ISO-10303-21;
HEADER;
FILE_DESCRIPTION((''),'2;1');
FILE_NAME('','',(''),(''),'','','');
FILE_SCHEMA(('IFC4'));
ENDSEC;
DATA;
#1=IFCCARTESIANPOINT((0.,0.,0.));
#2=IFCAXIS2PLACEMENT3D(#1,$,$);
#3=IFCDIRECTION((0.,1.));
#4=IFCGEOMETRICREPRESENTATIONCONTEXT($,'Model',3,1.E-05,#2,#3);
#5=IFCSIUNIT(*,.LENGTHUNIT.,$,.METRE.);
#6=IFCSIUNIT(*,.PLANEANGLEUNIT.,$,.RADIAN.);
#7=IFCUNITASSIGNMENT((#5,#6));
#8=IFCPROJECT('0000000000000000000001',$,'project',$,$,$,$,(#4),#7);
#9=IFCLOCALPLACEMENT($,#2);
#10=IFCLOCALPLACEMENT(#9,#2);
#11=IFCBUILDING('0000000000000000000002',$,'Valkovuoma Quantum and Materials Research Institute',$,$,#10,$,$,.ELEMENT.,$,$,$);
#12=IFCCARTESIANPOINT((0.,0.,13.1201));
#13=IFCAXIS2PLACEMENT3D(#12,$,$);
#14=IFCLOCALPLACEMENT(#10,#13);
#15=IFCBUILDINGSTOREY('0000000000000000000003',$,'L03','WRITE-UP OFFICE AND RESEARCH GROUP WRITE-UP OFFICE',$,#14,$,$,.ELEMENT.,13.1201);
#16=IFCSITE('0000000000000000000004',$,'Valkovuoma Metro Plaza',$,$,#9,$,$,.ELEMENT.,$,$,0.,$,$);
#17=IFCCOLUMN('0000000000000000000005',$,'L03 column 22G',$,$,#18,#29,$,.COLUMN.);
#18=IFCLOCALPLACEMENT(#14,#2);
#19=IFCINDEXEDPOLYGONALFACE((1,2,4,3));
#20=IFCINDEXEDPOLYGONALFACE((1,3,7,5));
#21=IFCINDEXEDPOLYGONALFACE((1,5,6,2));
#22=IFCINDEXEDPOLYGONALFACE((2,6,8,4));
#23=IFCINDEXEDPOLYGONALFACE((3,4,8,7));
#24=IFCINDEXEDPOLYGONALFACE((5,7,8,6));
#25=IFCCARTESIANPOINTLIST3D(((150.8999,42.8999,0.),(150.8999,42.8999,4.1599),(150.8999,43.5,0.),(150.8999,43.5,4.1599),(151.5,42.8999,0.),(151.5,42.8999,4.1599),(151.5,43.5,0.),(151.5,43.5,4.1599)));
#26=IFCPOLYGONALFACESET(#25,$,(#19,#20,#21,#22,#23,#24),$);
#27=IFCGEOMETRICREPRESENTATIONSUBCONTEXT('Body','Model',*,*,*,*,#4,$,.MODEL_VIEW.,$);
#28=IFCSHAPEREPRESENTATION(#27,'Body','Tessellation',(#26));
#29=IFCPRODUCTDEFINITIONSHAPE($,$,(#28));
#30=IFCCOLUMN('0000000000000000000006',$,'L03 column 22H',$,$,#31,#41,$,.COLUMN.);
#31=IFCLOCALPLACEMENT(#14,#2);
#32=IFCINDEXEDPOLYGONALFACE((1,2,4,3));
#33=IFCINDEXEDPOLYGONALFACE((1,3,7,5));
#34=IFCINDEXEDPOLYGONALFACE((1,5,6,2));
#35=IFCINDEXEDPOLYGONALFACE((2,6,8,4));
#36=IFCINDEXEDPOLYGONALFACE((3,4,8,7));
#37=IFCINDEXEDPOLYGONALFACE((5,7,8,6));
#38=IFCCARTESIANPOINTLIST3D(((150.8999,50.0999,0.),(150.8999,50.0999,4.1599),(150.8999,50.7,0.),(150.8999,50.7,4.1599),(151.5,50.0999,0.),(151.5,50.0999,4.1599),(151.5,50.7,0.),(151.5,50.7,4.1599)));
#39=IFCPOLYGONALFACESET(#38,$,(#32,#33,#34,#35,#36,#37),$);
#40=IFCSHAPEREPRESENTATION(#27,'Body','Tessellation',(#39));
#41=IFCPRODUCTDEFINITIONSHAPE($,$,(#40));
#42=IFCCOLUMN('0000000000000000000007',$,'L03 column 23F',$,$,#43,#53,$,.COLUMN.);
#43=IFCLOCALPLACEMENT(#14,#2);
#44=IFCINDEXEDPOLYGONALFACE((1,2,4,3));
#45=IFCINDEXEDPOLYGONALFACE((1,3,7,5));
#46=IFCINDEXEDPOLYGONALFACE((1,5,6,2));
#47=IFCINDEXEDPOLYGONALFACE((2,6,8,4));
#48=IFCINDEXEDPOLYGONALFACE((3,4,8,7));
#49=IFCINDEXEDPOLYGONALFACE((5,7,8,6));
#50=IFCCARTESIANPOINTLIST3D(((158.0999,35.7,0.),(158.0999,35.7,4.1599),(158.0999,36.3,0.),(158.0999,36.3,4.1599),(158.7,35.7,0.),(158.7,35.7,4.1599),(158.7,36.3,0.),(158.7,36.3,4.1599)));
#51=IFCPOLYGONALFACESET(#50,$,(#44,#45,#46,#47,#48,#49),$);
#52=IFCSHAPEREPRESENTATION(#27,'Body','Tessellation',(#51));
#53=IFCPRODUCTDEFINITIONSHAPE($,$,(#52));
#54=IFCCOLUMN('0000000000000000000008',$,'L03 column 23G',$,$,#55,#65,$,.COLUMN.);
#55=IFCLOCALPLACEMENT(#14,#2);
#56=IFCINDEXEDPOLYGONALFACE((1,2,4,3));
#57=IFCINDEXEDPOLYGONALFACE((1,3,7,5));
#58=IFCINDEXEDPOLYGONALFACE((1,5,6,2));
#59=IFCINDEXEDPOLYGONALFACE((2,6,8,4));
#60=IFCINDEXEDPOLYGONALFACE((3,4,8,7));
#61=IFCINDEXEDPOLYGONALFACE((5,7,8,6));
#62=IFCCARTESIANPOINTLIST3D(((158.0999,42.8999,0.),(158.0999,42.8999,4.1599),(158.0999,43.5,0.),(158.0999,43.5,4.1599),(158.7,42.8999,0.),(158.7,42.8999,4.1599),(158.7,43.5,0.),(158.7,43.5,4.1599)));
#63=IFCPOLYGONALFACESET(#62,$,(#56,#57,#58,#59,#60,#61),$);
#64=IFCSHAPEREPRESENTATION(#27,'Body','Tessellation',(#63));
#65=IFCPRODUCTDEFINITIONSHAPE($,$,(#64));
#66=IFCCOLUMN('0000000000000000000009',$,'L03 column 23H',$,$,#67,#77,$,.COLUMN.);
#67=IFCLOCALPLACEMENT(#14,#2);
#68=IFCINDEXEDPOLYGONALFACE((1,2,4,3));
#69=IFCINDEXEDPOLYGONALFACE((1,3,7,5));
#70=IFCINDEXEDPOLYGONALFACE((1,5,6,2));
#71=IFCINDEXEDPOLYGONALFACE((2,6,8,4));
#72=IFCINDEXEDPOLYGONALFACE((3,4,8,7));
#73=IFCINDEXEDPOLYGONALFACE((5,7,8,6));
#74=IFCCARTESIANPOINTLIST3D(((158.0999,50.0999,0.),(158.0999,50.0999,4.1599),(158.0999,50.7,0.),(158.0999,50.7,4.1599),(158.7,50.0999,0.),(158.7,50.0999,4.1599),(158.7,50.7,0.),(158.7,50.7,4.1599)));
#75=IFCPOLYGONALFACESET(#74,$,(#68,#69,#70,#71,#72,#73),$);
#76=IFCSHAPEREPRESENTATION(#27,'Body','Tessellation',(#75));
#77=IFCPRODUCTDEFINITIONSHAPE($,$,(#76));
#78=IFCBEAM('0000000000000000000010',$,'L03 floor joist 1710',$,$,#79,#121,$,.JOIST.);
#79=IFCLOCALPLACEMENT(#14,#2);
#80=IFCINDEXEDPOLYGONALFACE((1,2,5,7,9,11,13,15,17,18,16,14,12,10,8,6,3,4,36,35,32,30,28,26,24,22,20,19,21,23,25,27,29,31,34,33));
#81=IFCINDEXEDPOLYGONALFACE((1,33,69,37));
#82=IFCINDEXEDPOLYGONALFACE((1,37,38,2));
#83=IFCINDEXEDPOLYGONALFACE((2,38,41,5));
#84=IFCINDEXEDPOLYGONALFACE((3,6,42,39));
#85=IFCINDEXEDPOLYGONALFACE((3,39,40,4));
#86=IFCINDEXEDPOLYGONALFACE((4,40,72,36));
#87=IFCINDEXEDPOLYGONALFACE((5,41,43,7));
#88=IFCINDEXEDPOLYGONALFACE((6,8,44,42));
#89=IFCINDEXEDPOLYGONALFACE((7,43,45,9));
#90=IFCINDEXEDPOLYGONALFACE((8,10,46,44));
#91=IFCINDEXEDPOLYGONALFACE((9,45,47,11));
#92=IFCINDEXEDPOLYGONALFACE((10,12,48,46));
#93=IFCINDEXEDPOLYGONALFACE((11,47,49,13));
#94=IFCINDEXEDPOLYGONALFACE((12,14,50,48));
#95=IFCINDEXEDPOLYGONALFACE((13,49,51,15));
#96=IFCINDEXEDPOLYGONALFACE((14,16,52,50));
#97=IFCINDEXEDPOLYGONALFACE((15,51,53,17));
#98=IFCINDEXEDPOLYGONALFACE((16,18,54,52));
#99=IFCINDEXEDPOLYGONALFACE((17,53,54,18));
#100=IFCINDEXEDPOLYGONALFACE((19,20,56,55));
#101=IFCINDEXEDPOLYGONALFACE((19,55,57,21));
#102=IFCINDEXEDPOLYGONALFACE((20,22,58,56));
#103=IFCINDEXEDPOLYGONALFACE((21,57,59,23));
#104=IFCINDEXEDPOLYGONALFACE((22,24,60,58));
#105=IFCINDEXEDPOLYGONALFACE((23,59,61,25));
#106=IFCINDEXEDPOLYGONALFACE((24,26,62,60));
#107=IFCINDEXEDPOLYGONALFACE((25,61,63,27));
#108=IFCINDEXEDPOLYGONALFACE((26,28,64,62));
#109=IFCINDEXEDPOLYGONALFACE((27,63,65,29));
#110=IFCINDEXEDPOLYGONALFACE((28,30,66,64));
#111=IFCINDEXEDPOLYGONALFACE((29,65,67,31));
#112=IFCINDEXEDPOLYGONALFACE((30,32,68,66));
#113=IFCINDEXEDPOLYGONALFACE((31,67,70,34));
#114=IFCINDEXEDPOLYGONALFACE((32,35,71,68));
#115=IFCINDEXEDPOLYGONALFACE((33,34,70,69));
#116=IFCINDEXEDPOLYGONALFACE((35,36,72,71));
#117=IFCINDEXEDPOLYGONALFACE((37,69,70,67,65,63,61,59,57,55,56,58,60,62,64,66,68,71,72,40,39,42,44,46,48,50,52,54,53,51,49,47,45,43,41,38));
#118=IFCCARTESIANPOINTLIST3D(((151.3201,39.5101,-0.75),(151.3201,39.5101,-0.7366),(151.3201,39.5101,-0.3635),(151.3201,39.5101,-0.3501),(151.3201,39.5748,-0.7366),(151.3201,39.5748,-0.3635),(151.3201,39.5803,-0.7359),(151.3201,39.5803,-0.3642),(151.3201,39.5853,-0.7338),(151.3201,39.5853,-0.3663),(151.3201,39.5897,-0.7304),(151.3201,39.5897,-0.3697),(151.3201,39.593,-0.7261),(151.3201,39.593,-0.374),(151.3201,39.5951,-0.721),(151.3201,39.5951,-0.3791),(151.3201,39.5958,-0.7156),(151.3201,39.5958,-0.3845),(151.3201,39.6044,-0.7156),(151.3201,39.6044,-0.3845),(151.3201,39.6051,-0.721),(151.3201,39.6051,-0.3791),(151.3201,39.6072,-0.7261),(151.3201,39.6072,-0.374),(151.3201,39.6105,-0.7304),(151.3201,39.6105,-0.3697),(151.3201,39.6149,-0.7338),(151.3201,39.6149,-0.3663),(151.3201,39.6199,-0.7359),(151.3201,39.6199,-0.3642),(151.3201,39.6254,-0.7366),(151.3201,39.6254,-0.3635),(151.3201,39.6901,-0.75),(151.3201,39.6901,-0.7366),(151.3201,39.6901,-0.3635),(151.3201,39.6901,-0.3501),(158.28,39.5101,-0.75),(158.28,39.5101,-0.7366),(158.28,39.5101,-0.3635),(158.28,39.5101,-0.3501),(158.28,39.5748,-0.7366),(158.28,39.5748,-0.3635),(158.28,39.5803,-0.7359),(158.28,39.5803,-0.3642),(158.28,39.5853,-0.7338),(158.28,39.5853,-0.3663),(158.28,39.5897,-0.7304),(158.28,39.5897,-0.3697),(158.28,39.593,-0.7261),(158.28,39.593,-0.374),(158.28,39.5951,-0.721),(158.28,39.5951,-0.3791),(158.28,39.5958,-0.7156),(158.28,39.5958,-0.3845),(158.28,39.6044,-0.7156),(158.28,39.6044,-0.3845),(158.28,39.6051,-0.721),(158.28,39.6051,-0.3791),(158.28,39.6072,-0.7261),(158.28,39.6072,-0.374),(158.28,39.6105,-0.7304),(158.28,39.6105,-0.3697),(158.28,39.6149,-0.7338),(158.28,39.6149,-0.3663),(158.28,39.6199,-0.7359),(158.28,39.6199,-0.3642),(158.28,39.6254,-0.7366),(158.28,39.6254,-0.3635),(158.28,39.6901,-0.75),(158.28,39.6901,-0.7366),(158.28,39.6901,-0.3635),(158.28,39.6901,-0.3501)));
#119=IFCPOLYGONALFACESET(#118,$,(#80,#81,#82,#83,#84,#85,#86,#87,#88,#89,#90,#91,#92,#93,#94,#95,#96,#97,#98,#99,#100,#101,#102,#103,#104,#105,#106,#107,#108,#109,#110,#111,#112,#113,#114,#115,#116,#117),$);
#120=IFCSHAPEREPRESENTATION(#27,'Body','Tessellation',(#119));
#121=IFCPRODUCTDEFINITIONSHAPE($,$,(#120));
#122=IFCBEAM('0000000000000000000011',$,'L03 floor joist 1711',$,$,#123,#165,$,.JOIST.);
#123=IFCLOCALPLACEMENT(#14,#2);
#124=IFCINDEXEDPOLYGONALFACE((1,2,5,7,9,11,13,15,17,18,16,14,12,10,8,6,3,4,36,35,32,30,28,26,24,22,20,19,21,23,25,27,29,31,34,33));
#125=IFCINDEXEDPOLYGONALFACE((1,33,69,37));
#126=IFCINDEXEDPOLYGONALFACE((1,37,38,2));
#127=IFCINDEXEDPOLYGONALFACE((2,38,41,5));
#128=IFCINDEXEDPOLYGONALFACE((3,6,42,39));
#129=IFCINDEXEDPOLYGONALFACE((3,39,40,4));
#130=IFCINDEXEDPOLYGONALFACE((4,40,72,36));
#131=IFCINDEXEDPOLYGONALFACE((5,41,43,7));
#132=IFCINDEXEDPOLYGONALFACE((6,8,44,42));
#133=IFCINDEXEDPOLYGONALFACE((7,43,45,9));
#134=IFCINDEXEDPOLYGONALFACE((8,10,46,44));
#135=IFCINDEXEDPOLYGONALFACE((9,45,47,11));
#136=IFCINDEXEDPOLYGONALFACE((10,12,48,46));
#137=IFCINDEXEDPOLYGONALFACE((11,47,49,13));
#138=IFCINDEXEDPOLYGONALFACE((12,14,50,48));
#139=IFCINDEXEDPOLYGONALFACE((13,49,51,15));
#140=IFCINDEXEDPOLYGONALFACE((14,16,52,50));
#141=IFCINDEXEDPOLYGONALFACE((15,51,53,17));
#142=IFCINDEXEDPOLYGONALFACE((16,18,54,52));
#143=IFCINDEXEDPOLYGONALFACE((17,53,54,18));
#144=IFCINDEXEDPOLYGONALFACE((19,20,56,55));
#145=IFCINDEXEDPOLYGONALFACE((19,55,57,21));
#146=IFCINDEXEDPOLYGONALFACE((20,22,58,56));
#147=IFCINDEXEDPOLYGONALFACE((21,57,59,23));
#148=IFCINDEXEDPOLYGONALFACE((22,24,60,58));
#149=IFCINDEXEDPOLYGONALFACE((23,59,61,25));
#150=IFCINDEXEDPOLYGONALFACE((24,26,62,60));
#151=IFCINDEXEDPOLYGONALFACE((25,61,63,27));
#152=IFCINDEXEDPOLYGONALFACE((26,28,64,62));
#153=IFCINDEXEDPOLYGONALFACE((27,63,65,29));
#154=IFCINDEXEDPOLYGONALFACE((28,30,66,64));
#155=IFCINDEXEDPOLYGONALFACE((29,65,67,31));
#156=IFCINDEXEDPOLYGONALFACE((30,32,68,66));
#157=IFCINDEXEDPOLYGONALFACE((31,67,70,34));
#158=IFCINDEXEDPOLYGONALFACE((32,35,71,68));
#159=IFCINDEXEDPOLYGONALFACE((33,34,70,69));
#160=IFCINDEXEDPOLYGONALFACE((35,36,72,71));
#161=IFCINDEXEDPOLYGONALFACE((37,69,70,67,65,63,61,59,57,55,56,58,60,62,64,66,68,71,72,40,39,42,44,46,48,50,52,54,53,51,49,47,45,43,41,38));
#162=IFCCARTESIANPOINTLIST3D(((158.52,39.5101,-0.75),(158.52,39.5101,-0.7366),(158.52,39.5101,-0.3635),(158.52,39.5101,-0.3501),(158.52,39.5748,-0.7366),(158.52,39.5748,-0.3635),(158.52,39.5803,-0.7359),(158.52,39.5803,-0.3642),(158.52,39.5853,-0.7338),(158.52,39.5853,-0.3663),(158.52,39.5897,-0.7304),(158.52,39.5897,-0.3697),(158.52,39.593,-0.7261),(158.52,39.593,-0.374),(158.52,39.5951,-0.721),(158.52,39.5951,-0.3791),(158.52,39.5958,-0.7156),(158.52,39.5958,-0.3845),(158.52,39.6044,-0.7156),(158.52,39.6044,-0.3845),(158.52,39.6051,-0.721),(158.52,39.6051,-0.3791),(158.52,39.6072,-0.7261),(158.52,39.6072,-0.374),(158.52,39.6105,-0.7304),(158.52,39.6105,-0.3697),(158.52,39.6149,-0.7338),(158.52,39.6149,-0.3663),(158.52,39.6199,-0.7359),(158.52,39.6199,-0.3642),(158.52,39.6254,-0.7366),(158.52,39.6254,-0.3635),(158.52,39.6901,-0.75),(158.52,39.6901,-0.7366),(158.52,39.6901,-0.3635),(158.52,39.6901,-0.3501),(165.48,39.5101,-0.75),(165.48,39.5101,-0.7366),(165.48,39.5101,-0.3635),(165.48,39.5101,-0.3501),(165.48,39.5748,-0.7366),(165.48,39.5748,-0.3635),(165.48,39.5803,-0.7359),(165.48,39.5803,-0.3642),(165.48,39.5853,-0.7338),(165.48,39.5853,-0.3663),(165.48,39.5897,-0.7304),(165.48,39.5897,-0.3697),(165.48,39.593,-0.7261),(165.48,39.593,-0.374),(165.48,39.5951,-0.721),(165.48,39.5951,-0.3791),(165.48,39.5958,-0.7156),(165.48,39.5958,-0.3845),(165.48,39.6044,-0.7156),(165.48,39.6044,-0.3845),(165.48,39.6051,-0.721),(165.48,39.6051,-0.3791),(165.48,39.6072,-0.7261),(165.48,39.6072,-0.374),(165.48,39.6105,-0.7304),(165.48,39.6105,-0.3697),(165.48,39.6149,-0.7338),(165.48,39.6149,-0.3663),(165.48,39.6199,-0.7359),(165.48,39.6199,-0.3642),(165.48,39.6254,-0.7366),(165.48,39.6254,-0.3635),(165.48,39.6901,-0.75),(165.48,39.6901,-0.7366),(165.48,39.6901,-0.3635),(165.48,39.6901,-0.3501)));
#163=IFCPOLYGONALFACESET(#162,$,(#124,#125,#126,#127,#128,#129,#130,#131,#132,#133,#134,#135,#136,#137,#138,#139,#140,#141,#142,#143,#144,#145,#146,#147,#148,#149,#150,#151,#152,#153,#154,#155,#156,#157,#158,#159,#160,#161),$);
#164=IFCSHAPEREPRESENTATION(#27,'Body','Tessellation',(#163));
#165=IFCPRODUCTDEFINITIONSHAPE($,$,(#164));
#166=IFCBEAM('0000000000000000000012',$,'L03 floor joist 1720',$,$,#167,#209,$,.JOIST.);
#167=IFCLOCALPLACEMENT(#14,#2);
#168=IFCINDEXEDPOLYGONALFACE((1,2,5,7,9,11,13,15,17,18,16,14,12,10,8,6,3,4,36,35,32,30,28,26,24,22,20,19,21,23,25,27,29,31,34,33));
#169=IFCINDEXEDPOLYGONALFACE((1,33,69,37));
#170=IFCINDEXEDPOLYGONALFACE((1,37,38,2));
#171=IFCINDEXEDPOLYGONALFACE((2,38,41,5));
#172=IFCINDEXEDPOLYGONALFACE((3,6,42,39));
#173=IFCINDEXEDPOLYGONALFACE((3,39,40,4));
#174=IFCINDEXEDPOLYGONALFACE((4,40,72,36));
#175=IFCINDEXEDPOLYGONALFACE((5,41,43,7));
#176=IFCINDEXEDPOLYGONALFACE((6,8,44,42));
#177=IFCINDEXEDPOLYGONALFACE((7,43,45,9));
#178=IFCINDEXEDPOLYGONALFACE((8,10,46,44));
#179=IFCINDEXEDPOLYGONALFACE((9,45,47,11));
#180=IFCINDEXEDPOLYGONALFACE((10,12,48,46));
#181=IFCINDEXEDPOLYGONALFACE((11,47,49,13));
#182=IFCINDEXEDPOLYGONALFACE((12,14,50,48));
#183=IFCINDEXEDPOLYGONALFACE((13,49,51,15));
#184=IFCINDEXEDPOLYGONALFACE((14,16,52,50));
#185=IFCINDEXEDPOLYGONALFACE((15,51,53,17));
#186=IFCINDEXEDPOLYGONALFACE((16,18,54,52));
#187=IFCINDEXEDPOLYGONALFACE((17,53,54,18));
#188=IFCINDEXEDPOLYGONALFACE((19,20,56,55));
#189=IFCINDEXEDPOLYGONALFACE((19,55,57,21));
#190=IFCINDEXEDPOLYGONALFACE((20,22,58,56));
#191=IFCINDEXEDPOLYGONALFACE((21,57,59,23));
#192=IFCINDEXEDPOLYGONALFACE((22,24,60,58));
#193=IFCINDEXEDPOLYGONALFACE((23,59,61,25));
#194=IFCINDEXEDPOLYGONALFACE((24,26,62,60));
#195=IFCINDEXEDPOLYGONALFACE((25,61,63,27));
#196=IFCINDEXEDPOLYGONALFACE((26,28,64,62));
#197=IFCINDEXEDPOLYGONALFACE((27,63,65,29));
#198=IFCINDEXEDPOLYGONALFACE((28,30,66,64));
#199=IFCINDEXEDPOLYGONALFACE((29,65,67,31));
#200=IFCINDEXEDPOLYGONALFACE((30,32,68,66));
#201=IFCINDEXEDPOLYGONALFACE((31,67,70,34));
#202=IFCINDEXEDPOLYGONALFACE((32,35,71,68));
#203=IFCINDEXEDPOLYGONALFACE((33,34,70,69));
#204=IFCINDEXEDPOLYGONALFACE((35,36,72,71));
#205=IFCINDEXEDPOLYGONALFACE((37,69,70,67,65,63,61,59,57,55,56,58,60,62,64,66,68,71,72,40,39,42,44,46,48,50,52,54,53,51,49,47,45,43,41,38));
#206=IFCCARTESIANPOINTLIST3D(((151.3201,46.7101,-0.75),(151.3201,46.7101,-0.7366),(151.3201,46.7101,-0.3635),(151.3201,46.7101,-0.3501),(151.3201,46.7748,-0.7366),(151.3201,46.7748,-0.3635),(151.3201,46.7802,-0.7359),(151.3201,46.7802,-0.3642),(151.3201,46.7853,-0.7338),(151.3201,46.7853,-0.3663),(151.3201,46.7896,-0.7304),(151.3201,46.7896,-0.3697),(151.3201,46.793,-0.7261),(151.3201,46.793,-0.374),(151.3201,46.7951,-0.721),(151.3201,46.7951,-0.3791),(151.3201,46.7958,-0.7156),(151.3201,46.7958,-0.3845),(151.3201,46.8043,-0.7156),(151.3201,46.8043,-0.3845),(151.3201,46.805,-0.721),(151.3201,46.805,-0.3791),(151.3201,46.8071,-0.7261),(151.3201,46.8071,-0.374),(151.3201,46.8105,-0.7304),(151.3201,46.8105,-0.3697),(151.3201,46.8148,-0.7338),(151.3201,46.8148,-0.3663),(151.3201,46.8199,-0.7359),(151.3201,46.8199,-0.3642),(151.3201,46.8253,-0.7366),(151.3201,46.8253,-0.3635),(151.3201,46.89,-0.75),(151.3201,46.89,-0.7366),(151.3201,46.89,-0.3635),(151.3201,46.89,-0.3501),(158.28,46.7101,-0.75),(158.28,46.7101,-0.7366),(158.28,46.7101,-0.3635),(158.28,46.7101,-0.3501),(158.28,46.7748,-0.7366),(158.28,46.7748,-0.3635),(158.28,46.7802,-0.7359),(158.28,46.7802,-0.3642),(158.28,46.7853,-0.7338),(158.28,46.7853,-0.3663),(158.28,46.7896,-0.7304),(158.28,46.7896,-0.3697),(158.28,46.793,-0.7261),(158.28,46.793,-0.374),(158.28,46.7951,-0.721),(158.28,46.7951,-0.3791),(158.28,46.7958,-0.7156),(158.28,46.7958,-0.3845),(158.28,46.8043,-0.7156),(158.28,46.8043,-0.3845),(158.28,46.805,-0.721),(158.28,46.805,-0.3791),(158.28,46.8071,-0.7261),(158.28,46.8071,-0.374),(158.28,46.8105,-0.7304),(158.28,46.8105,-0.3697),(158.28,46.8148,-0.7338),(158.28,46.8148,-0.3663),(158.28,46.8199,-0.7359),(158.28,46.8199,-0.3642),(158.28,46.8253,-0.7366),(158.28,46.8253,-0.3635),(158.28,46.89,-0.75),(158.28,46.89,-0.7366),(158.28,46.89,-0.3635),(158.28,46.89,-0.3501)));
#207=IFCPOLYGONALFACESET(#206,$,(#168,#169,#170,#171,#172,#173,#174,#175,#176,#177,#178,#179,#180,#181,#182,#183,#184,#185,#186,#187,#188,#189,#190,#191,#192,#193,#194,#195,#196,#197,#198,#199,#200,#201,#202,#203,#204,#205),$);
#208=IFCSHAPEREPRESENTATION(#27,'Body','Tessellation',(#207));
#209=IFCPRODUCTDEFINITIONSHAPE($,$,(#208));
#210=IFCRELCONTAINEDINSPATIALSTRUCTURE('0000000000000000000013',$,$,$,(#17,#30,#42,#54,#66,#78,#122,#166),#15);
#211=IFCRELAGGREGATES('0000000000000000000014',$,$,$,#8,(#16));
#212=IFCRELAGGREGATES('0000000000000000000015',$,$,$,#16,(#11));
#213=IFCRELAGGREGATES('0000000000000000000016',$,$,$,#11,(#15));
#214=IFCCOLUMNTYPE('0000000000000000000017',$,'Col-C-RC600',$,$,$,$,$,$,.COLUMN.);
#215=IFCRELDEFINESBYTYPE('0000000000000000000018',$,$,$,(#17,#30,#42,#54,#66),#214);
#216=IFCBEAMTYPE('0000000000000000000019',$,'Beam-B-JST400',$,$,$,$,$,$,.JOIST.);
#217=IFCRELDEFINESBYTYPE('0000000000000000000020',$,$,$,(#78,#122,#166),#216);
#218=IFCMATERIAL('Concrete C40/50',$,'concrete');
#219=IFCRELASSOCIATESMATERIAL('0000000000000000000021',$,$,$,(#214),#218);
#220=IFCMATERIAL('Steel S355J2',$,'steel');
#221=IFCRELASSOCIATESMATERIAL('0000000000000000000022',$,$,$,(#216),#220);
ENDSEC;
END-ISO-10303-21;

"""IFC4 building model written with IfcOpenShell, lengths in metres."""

from ifc_helpers import new_model, si_unit, direction, frame, origin, origin_2d, place, context, subcontext, project, spatial, rectangle, i_section, extrude, material, material_profile, profile_set, type_object, element, save


model = new_model("IFC4")

# Units and contexts
model_context = context("Model", 3, precision=1e-05, world=origin(), true_north=direction((0.0, 1.0)))
body_context = subcontext(model_context, "Body", "Model", "MODEL_VIEW")
ifc_project = project(units=[si_unit("LENGTHUNIT", "METRE"), si_unit("PLANEANGLEUNIT", "RADIAN")], contexts=[model_context])

# Site, building, storey
site_placement = place(None, origin())
site = spatial("IfcSite", under=ifc_project, at=site_placement, Name="Valkovuoma Metro Plaza", CompositionType="ELEMENT", RefElevation=0.0)
building_placement = place(site_placement, origin())
building = spatial("IfcBuilding", under=site, at=building_placement, Name="Valkovuoma Quantum and Materials Research Institute", CompositionType="ELEMENT")
storey_placement = place(building_placement, frame((0.0, 0.0, 13.1201)))
storey = spatial("IfcBuildingStorey", under=building, at=storey_placement, Name="L03", Description="WRITE-UP OFFICE AND RESEARCH GROUP WRITE-UP OFFICE", CompositionType="ELEMENT", Elevation=13.1201)

# Columns
ifc_material_1 = material(Name="Concrete C40/50", Category="concrete")
ifc_material_profile_1 = material_profile(ifc_material_1, rectangle(XDim=0.6001, YDim=0.6001, at=origin_2d()), Name="Concrete C40/50")
ifc_profile_set_1 = profile_set([ifc_material_profile_1], Name="Concrete C40/50")
column_type = type_object("IfcColumnType", Name="Col-C-RC600", PredefinedType="COLUMN", material=ifc_profile_set_1)
for number, where, z_axis, x_axis, name in (
    (1, (151.2, 43.2, 0.0), (0.0, 0.0, 1.0), (1.0, 0.0, 0.0), "L03 column 22G"),
    (2, (151.2, 50.3999, 0.0), (0.0, 0.0, 1.0), (1.0, 0.0, 0.0), "L03 column 22H"),
    (3, (158.3999, 36.0, 0.0), (0.0, 0.0, 1.0), (1.0, 0.0, 0.0), "L03 column 23F"),
    (4, (158.3999, 43.2, 0.0), (0.0, 0.0, 1.0), (1.0, 0.0, 0.0), "L03 column 23G"),
    (5, (158.3999, 50.3999, 0.0), (0.0, 0.0, 1.0), (1.0, 0.0, 0.0), "L03 column 23H"),
):
    element("IfcColumn", number, at=place(storey_placement, frame(where, z_axis=z_axis, x_axis=x_axis)), inside=storey, type_object=column_type, Name=name, PredefinedType="COLUMN", context=body_context, shape_type="SweptSolid", body=[
        extrude(rectangle(XDim=0.6001, YDim=0.6001, at=origin_2d()), origin(), (0.0, 0.0, 1.0), 4.1599),
    ])

# Beams
ifc_material_2 = material(Name="Steel S355J2", Category="steel")
ifc_material_profile_2 = material_profile(ifc_material_2, i_section(OverallWidth=0.1799, OverallDepth=0.3999, WebThickness=0.0085, FlangeThickness=0.0134, FilletRadius=0.021, at=origin_2d()), Name="Steel S355J2")
ifc_profile_set_2 = profile_set([ifc_material_profile_2], Name="Steel S355J2")
beam_type_1 = type_object("IfcBeamType", Name="Beam-B-JST400", PredefinedType="JOIST", material=ifc_profile_set_2)
for number, where, z_axis, x_axis, name in (
    (6, (151.3201, 39.6001, -0.55), (1.0, 0.0, 0.0), (0.0, 1.0, 0.0), "L03 floor joist 1710"),
    (7, (158.52, 39.6001, -0.55), (1.0, 0.0, 0.0), (0.0, 1.0, 0.0), "L03 floor joist 1711"),
    (8, (151.3201, 46.8, -0.55), (1.0, 0.0, 0.0), (0.0, 1.0, 0.0), "L03 floor joist 1720"),
):
    element("IfcBeam", number, at=place(storey_placement, frame(where, z_axis=z_axis, x_axis=x_axis)), inside=storey, type_object=beam_type_1, Name=name, PredefinedType="JOIST", context=body_context, shape_type="SweptSolid", body=[
        extrude(i_section(OverallWidth=0.1799, OverallDepth=0.3999, WebThickness=0.0085, FlangeThickness=0.0134, FilletRadius=0.021, at=origin_2d()), origin(), (0.0, 0.0, 1.0), 6.96),
    ])

save(model, "model.ifc")
